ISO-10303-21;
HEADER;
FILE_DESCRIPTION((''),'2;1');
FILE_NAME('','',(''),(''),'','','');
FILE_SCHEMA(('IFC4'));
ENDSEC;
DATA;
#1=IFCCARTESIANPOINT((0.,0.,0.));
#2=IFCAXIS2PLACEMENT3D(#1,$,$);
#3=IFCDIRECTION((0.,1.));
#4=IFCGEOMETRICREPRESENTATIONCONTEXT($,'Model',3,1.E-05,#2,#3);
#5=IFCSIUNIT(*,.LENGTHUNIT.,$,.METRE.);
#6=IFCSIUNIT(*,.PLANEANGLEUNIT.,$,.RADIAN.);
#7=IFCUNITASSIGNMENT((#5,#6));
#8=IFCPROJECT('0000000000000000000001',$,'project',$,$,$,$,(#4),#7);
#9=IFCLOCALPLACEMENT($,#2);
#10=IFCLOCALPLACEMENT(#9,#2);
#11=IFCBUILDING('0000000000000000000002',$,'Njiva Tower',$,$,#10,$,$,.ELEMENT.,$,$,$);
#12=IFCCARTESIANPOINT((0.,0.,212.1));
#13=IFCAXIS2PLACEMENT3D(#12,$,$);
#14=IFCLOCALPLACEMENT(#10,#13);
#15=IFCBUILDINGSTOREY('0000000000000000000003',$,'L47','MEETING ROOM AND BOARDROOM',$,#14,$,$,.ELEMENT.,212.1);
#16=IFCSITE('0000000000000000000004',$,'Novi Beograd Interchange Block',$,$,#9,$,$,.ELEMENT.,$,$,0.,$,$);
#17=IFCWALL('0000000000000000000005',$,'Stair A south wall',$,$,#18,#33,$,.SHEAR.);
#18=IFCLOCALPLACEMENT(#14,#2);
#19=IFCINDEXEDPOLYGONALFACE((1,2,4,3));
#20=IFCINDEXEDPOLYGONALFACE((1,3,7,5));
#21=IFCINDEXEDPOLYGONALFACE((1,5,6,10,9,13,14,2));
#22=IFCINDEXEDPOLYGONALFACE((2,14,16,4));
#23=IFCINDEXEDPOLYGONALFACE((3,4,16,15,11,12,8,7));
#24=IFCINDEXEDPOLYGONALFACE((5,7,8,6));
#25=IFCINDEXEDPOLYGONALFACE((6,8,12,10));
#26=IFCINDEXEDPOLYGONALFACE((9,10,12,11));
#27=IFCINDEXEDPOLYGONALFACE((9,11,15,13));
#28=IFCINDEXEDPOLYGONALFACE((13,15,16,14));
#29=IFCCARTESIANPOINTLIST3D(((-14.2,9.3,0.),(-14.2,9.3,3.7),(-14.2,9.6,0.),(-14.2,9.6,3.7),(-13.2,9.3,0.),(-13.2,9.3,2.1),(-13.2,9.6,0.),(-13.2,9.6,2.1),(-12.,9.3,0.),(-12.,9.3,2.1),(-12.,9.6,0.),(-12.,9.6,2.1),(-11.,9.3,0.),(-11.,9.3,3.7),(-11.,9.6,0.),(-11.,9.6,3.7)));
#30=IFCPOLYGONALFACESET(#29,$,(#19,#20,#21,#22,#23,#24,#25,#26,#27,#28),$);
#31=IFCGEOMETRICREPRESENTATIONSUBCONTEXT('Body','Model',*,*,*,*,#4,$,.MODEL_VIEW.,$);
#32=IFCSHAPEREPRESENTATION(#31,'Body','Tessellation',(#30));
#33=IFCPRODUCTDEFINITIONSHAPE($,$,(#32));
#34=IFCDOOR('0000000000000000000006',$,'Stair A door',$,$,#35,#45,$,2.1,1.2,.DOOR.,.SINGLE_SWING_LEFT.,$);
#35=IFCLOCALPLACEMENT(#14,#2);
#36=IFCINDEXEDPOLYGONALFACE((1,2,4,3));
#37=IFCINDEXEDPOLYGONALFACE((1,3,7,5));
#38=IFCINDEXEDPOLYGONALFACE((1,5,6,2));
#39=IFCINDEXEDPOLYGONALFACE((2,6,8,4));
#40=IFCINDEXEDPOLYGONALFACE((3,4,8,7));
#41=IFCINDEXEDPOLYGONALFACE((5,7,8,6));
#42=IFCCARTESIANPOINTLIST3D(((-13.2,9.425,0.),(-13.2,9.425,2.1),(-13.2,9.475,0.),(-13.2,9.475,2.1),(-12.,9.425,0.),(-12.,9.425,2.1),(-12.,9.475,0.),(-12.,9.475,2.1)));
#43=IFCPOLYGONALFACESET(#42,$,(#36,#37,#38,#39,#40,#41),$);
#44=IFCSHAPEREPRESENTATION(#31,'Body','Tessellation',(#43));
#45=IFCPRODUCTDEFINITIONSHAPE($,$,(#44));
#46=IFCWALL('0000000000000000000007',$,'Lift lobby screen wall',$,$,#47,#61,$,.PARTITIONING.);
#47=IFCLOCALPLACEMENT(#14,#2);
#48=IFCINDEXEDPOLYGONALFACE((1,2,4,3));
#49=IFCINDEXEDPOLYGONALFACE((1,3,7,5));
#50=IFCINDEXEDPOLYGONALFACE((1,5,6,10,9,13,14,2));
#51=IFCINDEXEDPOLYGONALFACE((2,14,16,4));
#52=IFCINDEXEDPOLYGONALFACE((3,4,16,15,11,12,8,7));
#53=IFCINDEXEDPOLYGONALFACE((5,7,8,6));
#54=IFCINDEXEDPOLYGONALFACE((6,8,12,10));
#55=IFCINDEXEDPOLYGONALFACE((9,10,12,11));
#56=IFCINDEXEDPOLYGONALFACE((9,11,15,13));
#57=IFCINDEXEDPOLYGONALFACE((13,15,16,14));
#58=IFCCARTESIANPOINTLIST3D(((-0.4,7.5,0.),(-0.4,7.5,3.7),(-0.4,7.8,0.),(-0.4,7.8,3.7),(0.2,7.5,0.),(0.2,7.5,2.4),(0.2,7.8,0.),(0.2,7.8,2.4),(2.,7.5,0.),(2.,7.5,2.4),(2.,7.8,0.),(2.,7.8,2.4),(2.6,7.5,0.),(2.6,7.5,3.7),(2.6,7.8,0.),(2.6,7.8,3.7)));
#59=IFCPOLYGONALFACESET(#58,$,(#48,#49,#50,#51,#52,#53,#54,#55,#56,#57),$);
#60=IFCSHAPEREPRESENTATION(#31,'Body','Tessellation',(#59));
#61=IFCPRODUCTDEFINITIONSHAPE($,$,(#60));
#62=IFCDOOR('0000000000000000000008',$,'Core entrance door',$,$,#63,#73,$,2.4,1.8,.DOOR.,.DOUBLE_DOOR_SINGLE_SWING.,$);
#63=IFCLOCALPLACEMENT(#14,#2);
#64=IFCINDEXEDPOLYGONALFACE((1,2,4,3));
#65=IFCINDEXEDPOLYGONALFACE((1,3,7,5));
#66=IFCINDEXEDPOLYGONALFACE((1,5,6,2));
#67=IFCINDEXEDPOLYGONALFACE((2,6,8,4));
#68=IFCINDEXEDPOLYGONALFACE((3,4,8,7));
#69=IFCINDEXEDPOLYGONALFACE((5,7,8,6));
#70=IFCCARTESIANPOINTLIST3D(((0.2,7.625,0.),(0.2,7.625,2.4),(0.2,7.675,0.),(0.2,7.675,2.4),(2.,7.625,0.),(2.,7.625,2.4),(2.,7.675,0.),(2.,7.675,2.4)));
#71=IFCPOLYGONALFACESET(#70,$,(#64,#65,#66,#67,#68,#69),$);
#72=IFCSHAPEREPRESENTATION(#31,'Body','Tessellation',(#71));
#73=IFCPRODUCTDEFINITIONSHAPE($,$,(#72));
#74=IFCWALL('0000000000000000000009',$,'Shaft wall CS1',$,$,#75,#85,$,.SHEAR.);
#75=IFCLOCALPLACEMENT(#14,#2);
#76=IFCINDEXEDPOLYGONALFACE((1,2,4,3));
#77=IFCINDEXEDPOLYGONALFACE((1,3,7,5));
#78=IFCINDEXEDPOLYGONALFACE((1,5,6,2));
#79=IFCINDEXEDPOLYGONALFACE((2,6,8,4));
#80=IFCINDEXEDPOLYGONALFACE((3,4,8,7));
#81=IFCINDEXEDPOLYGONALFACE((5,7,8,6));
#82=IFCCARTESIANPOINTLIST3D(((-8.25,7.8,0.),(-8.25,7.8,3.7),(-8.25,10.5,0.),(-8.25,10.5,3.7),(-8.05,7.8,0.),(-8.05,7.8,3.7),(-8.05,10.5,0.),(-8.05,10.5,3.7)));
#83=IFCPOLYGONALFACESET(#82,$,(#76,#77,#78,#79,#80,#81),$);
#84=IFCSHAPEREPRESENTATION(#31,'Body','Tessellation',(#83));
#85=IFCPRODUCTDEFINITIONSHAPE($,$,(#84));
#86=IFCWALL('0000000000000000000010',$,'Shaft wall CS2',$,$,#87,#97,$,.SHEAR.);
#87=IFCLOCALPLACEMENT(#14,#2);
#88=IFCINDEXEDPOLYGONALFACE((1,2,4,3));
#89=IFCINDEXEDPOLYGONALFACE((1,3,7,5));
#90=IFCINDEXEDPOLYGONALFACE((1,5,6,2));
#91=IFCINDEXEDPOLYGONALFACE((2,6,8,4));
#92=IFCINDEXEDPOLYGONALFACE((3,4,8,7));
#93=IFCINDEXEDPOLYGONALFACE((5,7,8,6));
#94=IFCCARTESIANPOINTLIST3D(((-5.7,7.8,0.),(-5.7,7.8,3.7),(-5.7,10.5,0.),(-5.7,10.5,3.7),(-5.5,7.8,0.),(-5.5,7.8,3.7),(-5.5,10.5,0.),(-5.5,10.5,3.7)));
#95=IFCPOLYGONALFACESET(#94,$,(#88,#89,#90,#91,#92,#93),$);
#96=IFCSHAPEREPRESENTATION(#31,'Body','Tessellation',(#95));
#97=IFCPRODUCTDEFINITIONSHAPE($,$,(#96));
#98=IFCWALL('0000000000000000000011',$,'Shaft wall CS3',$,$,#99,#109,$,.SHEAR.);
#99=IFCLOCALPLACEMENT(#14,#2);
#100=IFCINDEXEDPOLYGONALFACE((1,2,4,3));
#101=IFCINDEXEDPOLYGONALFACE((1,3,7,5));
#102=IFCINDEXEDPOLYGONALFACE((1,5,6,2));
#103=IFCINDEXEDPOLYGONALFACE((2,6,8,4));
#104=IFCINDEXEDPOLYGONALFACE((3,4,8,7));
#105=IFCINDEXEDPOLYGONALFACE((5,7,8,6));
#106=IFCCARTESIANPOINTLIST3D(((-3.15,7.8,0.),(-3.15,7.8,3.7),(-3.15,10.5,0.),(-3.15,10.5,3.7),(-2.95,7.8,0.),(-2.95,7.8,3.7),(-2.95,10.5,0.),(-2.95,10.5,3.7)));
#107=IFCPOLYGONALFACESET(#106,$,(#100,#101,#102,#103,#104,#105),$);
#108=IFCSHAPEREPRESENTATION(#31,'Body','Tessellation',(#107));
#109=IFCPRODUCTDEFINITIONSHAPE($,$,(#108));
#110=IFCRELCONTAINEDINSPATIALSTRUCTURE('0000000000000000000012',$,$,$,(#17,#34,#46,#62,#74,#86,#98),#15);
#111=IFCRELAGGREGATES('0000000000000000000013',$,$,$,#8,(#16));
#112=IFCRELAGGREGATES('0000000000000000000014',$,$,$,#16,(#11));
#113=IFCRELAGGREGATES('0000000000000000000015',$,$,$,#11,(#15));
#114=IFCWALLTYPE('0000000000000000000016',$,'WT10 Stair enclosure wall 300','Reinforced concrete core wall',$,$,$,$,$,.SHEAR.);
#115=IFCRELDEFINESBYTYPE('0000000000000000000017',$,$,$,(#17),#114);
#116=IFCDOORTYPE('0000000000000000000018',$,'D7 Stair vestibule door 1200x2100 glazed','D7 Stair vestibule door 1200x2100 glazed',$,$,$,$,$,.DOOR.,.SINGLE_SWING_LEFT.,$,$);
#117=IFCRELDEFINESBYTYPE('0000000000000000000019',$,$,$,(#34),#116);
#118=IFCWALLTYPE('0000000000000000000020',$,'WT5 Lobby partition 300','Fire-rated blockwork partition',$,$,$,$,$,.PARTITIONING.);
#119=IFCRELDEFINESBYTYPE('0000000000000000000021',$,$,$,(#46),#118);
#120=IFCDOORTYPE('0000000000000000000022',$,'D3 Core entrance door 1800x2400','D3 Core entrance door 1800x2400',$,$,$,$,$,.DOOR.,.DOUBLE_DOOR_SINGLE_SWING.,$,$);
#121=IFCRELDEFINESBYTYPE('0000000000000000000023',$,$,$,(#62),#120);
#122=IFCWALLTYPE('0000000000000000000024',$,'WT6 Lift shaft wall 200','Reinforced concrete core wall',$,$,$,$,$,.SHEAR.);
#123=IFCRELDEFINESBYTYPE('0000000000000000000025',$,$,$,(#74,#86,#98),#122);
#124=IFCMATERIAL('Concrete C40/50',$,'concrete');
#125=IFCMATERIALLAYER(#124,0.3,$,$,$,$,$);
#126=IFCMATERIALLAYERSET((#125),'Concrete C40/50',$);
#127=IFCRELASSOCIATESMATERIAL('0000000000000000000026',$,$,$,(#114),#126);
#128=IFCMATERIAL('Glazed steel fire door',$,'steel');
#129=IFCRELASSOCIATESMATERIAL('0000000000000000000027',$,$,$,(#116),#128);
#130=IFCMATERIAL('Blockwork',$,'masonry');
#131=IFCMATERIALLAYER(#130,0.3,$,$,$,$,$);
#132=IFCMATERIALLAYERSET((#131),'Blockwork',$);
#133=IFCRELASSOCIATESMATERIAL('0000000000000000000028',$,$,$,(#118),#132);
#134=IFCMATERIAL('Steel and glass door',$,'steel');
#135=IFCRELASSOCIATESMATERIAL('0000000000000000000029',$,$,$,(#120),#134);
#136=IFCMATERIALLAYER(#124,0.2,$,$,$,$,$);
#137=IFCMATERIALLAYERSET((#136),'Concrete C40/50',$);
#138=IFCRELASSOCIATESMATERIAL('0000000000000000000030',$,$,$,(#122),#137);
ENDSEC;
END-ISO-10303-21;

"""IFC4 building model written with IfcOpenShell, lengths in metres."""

from ifc_helpers import new_model, si_unit, direction, frame, frame_2d, origin, place, context, subcontext, project, spatial, rectangle, extrude, material, layer, layer_set, type_object, element, fill, save


model = new_model("IFC4")

# Units and contexts
model_context = context("Model", 3, precision=1e-05, world=origin(), true_north=direction((0.0, 1.0)))
body_context = subcontext(model_context, "Body", "Model", "MODEL_VIEW")
ifc_project = project(units=[si_unit("LENGTHUNIT", "METRE"), si_unit("PLANEANGLEUNIT", "RADIAN")], contexts=[model_context])

# Site, building, storey
site_placement = place(None, origin())
site = spatial("IfcSite", under=ifc_project, at=site_placement, Name="Novi Beograd Interchange Block", CompositionType="ELEMENT", RefElevation=0.0)
building_placement = place(site_placement, origin())
building = spatial("IfcBuilding", under=site, at=building_placement, Name="Njiva Tower", CompositionType="ELEMENT")
storey_placement = place(building_placement, frame((0.0, 0.0, 212.1)))
storey = spatial("IfcBuildingStorey", under=building, at=storey_placement, Name="L47", Description="MEETING ROOM AND BOARDROOM", CompositionType="ELEMENT", Elevation=212.1)

# Shared definitions
ifc_material_1 = material(Name="Blockwork", Category="masonry")

# Shared definitions
ifc_material_2 = material(Name="Concrete C40/50", Category="concrete")
ifc_layer_1 = layer(ifc_material_2, 0.3)
ifc_layer_set_1 = layer_set([ifc_layer_1], Name="Concrete C40/50")
wall_type_1 = type_object("IfcWallType", Name="WT10 Stair enclosure wall 300", Description="Reinforced concrete core wall", PredefinedType="SHEAR", material=ifc_layer_set_1)
ifc_material_3 = material(Name="Glazed steel fire door", Category="steel")

# Walls, openings, doors
wall_1_placement = place(storey_placement, frame((-14.2, 9.45, 0.0), z_axis=(0.0, 0.0, 1.0), x_axis=(1.0, 0.0, 0.0)))
wall_1 = element("IfcWall", 1, at=wall_1_placement, inside=storey, type_object=wall_type_1, Name="Stair A south wall", PredefinedType="SHEAR", context=body_context, shape_type="SweptSolid", body=[
    extrude(rectangle(XDim=3.2, YDim=0.3, at=frame_2d((1.6, 0.0))), origin(), (0.0, 0.0, 1.0), 3.7),
])
opening_1_placement = place(wall_1_placement, frame((1.0, 0.0, 0.0)))
opening_1 = element("IfcOpeningElement", 2, at=opening_1_placement, cuts=wall_1, PredefinedType="OPENING", context=body_context, shape_type="SweptSolid", body=[
    extrude(rectangle(XDim=1.2, YDim=2.1, at=frame_2d((0.6, 1.05))), frame((0.0, 0.16, 0.0), z_axis=(0.0, -1.0, 0.0), x_axis=(1.0, 0.0, 0.0)), (0.0, 0.0, 1.0), 0.32),
])
door_type_1 = type_object("IfcDoorType", Name="D7 Stair vestibule door 1200x2100 glazed", Description="D7 Stair vestibule door 1200x2100 glazed", OperationType="SINGLE_SWING_LEFT", PredefinedType="DOOR", material=ifc_material_3)
door_1_placement = place(opening_1_placement, origin())
door_1 = element("IfcDoor", 3, at=door_1_placement, inside=storey, type_object=door_type_1, Name="Stair A door", OperationType="SINGLE_SWING_LEFT", OverallHeight=2.1, OverallWidth=1.2, PredefinedType="DOOR", context=body_context, shape_type="SweptSolid", body=[
    extrude(rectangle(XDim=1.2, YDim=2.1, at=frame_2d((0.6, 1.05))), frame((0.0, 0.025, 0.0), z_axis=(0.0, -1.0, 0.0), x_axis=(1.0, 0.0, 0.0)), (0.0, 0.0, 1.0), 0.05),
])
fill(opening_1, door_1)
ifc_layer_2 = layer(ifc_material_1, 0.3)
ifc_layer_set_2 = layer_set([ifc_layer_2], Name="Blockwork")
wall_type_2 = type_object("IfcWallType", Name="WT5 Lobby partition 300", Description="Fire-rated blockwork partition", PredefinedType="PARTITIONING", material=ifc_layer_set_2)
wall_2_placement = place(storey_placement, frame((-0.4, 7.65, 0.0), z_axis=(0.0, 0.0, 1.0), x_axis=(1.0, 0.0, 0.0)))
wall_2 = element("IfcWall", 4, at=wall_2_placement, inside=storey, type_object=wall_type_2, Name="Lift lobby screen wall", PredefinedType="PARTITIONING", context=body_context, shape_type="SweptSolid", body=[
    extrude(rectangle(XDim=3.0, YDim=0.3, at=frame_2d((1.5, 0.0))), origin(), (0.0, 0.0, 1.0), 3.7),
])
opening_2_placement = place(wall_2_placement, frame((0.6, 0.0, 0.0)))
opening_2 = element("IfcOpeningElement", 5, at=opening_2_placement, cuts=wall_2, PredefinedType="OPENING", context=body_context, shape_type="SweptSolid", body=[
    extrude(rectangle(XDim=1.8, YDim=2.4, at=frame_2d((0.9, 1.2))), frame((0.0, 0.16, 0.0), z_axis=(0.0, -1.0, 0.0), x_axis=(1.0, 0.0, 0.0)), (0.0, 0.0, 1.0), 0.32),
])
ifc_material_4 = material(Name="Steel and glass door", Category="steel")
door_type_2 = type_object("IfcDoorType", Name="D3 Core entrance door 1800x2400", Description="D3 Core entrance door 1800x2400", OperationType="DOUBLE_DOOR_SINGLE_SWING", PredefinedType="DOOR", material=ifc_material_4)
door_2_placement = place(opening_2_placement, origin())
door_2 = element("IfcDoor", 6, at=door_2_placement, inside=storey, type_object=door_type_2, Name="Core entrance door", OperationType="DOUBLE_DOOR_SINGLE_SWING", OverallHeight=2.4, OverallWidth=1.8, PredefinedType="DOOR", context=body_context, shape_type="SweptSolid", body=[
    extrude(rectangle(XDim=1.8, YDim=2.4, at=frame_2d((0.9, 1.2))), frame((0.0, 0.025, 0.0), z_axis=(0.0, -1.0, 0.0), x_axis=(1.0, 0.0, 0.0)), (0.0, 0.0, 1.0), 0.05),
])
fill(opening_2, door_2)

# Walls
ifc_layer_3 = layer(ifc_material_2, 0.2)
ifc_layer_set_3 = layer_set([ifc_layer_3], Name="Concrete C40/50")
wall_type_3 = type_object("IfcWallType", Name="WT6 Lift shaft wall 200", Description="Reinforced concrete core wall", PredefinedType="SHEAR", material=ifc_layer_set_3)
for number, where, z_axis, x_axis, name in (
    (7, (-8.15, 7.8, 0.0), (0.0, 0.0, 1.0), (0.0, 1.0, 0.0), "Shaft wall CS1"),
    (8, (-5.6, 7.8, 0.0), (0.0, 0.0, 1.0), (0.0, 1.0, 0.0), "Shaft wall CS2"),
    (9, (-3.05, 7.8, 0.0), (0.0, 0.0, 1.0), (0.0, 1.0, 0.0), "Shaft wall CS3"),
):
    element("IfcWall", number, at=place(storey_placement, frame(where, z_axis=z_axis, x_axis=x_axis)), inside=storey, type_object=wall_type_3, Name=name, PredefinedType="SHEAR", context=body_context, shape_type="SweptSolid", body=[
        extrude(rectangle(XDim=2.7, YDim=0.2, at=frame_2d((1.35, 0.0))), origin(), (0.0, 0.0, 1.0), 3.7),
    ])

save(model, "model.ifc")
